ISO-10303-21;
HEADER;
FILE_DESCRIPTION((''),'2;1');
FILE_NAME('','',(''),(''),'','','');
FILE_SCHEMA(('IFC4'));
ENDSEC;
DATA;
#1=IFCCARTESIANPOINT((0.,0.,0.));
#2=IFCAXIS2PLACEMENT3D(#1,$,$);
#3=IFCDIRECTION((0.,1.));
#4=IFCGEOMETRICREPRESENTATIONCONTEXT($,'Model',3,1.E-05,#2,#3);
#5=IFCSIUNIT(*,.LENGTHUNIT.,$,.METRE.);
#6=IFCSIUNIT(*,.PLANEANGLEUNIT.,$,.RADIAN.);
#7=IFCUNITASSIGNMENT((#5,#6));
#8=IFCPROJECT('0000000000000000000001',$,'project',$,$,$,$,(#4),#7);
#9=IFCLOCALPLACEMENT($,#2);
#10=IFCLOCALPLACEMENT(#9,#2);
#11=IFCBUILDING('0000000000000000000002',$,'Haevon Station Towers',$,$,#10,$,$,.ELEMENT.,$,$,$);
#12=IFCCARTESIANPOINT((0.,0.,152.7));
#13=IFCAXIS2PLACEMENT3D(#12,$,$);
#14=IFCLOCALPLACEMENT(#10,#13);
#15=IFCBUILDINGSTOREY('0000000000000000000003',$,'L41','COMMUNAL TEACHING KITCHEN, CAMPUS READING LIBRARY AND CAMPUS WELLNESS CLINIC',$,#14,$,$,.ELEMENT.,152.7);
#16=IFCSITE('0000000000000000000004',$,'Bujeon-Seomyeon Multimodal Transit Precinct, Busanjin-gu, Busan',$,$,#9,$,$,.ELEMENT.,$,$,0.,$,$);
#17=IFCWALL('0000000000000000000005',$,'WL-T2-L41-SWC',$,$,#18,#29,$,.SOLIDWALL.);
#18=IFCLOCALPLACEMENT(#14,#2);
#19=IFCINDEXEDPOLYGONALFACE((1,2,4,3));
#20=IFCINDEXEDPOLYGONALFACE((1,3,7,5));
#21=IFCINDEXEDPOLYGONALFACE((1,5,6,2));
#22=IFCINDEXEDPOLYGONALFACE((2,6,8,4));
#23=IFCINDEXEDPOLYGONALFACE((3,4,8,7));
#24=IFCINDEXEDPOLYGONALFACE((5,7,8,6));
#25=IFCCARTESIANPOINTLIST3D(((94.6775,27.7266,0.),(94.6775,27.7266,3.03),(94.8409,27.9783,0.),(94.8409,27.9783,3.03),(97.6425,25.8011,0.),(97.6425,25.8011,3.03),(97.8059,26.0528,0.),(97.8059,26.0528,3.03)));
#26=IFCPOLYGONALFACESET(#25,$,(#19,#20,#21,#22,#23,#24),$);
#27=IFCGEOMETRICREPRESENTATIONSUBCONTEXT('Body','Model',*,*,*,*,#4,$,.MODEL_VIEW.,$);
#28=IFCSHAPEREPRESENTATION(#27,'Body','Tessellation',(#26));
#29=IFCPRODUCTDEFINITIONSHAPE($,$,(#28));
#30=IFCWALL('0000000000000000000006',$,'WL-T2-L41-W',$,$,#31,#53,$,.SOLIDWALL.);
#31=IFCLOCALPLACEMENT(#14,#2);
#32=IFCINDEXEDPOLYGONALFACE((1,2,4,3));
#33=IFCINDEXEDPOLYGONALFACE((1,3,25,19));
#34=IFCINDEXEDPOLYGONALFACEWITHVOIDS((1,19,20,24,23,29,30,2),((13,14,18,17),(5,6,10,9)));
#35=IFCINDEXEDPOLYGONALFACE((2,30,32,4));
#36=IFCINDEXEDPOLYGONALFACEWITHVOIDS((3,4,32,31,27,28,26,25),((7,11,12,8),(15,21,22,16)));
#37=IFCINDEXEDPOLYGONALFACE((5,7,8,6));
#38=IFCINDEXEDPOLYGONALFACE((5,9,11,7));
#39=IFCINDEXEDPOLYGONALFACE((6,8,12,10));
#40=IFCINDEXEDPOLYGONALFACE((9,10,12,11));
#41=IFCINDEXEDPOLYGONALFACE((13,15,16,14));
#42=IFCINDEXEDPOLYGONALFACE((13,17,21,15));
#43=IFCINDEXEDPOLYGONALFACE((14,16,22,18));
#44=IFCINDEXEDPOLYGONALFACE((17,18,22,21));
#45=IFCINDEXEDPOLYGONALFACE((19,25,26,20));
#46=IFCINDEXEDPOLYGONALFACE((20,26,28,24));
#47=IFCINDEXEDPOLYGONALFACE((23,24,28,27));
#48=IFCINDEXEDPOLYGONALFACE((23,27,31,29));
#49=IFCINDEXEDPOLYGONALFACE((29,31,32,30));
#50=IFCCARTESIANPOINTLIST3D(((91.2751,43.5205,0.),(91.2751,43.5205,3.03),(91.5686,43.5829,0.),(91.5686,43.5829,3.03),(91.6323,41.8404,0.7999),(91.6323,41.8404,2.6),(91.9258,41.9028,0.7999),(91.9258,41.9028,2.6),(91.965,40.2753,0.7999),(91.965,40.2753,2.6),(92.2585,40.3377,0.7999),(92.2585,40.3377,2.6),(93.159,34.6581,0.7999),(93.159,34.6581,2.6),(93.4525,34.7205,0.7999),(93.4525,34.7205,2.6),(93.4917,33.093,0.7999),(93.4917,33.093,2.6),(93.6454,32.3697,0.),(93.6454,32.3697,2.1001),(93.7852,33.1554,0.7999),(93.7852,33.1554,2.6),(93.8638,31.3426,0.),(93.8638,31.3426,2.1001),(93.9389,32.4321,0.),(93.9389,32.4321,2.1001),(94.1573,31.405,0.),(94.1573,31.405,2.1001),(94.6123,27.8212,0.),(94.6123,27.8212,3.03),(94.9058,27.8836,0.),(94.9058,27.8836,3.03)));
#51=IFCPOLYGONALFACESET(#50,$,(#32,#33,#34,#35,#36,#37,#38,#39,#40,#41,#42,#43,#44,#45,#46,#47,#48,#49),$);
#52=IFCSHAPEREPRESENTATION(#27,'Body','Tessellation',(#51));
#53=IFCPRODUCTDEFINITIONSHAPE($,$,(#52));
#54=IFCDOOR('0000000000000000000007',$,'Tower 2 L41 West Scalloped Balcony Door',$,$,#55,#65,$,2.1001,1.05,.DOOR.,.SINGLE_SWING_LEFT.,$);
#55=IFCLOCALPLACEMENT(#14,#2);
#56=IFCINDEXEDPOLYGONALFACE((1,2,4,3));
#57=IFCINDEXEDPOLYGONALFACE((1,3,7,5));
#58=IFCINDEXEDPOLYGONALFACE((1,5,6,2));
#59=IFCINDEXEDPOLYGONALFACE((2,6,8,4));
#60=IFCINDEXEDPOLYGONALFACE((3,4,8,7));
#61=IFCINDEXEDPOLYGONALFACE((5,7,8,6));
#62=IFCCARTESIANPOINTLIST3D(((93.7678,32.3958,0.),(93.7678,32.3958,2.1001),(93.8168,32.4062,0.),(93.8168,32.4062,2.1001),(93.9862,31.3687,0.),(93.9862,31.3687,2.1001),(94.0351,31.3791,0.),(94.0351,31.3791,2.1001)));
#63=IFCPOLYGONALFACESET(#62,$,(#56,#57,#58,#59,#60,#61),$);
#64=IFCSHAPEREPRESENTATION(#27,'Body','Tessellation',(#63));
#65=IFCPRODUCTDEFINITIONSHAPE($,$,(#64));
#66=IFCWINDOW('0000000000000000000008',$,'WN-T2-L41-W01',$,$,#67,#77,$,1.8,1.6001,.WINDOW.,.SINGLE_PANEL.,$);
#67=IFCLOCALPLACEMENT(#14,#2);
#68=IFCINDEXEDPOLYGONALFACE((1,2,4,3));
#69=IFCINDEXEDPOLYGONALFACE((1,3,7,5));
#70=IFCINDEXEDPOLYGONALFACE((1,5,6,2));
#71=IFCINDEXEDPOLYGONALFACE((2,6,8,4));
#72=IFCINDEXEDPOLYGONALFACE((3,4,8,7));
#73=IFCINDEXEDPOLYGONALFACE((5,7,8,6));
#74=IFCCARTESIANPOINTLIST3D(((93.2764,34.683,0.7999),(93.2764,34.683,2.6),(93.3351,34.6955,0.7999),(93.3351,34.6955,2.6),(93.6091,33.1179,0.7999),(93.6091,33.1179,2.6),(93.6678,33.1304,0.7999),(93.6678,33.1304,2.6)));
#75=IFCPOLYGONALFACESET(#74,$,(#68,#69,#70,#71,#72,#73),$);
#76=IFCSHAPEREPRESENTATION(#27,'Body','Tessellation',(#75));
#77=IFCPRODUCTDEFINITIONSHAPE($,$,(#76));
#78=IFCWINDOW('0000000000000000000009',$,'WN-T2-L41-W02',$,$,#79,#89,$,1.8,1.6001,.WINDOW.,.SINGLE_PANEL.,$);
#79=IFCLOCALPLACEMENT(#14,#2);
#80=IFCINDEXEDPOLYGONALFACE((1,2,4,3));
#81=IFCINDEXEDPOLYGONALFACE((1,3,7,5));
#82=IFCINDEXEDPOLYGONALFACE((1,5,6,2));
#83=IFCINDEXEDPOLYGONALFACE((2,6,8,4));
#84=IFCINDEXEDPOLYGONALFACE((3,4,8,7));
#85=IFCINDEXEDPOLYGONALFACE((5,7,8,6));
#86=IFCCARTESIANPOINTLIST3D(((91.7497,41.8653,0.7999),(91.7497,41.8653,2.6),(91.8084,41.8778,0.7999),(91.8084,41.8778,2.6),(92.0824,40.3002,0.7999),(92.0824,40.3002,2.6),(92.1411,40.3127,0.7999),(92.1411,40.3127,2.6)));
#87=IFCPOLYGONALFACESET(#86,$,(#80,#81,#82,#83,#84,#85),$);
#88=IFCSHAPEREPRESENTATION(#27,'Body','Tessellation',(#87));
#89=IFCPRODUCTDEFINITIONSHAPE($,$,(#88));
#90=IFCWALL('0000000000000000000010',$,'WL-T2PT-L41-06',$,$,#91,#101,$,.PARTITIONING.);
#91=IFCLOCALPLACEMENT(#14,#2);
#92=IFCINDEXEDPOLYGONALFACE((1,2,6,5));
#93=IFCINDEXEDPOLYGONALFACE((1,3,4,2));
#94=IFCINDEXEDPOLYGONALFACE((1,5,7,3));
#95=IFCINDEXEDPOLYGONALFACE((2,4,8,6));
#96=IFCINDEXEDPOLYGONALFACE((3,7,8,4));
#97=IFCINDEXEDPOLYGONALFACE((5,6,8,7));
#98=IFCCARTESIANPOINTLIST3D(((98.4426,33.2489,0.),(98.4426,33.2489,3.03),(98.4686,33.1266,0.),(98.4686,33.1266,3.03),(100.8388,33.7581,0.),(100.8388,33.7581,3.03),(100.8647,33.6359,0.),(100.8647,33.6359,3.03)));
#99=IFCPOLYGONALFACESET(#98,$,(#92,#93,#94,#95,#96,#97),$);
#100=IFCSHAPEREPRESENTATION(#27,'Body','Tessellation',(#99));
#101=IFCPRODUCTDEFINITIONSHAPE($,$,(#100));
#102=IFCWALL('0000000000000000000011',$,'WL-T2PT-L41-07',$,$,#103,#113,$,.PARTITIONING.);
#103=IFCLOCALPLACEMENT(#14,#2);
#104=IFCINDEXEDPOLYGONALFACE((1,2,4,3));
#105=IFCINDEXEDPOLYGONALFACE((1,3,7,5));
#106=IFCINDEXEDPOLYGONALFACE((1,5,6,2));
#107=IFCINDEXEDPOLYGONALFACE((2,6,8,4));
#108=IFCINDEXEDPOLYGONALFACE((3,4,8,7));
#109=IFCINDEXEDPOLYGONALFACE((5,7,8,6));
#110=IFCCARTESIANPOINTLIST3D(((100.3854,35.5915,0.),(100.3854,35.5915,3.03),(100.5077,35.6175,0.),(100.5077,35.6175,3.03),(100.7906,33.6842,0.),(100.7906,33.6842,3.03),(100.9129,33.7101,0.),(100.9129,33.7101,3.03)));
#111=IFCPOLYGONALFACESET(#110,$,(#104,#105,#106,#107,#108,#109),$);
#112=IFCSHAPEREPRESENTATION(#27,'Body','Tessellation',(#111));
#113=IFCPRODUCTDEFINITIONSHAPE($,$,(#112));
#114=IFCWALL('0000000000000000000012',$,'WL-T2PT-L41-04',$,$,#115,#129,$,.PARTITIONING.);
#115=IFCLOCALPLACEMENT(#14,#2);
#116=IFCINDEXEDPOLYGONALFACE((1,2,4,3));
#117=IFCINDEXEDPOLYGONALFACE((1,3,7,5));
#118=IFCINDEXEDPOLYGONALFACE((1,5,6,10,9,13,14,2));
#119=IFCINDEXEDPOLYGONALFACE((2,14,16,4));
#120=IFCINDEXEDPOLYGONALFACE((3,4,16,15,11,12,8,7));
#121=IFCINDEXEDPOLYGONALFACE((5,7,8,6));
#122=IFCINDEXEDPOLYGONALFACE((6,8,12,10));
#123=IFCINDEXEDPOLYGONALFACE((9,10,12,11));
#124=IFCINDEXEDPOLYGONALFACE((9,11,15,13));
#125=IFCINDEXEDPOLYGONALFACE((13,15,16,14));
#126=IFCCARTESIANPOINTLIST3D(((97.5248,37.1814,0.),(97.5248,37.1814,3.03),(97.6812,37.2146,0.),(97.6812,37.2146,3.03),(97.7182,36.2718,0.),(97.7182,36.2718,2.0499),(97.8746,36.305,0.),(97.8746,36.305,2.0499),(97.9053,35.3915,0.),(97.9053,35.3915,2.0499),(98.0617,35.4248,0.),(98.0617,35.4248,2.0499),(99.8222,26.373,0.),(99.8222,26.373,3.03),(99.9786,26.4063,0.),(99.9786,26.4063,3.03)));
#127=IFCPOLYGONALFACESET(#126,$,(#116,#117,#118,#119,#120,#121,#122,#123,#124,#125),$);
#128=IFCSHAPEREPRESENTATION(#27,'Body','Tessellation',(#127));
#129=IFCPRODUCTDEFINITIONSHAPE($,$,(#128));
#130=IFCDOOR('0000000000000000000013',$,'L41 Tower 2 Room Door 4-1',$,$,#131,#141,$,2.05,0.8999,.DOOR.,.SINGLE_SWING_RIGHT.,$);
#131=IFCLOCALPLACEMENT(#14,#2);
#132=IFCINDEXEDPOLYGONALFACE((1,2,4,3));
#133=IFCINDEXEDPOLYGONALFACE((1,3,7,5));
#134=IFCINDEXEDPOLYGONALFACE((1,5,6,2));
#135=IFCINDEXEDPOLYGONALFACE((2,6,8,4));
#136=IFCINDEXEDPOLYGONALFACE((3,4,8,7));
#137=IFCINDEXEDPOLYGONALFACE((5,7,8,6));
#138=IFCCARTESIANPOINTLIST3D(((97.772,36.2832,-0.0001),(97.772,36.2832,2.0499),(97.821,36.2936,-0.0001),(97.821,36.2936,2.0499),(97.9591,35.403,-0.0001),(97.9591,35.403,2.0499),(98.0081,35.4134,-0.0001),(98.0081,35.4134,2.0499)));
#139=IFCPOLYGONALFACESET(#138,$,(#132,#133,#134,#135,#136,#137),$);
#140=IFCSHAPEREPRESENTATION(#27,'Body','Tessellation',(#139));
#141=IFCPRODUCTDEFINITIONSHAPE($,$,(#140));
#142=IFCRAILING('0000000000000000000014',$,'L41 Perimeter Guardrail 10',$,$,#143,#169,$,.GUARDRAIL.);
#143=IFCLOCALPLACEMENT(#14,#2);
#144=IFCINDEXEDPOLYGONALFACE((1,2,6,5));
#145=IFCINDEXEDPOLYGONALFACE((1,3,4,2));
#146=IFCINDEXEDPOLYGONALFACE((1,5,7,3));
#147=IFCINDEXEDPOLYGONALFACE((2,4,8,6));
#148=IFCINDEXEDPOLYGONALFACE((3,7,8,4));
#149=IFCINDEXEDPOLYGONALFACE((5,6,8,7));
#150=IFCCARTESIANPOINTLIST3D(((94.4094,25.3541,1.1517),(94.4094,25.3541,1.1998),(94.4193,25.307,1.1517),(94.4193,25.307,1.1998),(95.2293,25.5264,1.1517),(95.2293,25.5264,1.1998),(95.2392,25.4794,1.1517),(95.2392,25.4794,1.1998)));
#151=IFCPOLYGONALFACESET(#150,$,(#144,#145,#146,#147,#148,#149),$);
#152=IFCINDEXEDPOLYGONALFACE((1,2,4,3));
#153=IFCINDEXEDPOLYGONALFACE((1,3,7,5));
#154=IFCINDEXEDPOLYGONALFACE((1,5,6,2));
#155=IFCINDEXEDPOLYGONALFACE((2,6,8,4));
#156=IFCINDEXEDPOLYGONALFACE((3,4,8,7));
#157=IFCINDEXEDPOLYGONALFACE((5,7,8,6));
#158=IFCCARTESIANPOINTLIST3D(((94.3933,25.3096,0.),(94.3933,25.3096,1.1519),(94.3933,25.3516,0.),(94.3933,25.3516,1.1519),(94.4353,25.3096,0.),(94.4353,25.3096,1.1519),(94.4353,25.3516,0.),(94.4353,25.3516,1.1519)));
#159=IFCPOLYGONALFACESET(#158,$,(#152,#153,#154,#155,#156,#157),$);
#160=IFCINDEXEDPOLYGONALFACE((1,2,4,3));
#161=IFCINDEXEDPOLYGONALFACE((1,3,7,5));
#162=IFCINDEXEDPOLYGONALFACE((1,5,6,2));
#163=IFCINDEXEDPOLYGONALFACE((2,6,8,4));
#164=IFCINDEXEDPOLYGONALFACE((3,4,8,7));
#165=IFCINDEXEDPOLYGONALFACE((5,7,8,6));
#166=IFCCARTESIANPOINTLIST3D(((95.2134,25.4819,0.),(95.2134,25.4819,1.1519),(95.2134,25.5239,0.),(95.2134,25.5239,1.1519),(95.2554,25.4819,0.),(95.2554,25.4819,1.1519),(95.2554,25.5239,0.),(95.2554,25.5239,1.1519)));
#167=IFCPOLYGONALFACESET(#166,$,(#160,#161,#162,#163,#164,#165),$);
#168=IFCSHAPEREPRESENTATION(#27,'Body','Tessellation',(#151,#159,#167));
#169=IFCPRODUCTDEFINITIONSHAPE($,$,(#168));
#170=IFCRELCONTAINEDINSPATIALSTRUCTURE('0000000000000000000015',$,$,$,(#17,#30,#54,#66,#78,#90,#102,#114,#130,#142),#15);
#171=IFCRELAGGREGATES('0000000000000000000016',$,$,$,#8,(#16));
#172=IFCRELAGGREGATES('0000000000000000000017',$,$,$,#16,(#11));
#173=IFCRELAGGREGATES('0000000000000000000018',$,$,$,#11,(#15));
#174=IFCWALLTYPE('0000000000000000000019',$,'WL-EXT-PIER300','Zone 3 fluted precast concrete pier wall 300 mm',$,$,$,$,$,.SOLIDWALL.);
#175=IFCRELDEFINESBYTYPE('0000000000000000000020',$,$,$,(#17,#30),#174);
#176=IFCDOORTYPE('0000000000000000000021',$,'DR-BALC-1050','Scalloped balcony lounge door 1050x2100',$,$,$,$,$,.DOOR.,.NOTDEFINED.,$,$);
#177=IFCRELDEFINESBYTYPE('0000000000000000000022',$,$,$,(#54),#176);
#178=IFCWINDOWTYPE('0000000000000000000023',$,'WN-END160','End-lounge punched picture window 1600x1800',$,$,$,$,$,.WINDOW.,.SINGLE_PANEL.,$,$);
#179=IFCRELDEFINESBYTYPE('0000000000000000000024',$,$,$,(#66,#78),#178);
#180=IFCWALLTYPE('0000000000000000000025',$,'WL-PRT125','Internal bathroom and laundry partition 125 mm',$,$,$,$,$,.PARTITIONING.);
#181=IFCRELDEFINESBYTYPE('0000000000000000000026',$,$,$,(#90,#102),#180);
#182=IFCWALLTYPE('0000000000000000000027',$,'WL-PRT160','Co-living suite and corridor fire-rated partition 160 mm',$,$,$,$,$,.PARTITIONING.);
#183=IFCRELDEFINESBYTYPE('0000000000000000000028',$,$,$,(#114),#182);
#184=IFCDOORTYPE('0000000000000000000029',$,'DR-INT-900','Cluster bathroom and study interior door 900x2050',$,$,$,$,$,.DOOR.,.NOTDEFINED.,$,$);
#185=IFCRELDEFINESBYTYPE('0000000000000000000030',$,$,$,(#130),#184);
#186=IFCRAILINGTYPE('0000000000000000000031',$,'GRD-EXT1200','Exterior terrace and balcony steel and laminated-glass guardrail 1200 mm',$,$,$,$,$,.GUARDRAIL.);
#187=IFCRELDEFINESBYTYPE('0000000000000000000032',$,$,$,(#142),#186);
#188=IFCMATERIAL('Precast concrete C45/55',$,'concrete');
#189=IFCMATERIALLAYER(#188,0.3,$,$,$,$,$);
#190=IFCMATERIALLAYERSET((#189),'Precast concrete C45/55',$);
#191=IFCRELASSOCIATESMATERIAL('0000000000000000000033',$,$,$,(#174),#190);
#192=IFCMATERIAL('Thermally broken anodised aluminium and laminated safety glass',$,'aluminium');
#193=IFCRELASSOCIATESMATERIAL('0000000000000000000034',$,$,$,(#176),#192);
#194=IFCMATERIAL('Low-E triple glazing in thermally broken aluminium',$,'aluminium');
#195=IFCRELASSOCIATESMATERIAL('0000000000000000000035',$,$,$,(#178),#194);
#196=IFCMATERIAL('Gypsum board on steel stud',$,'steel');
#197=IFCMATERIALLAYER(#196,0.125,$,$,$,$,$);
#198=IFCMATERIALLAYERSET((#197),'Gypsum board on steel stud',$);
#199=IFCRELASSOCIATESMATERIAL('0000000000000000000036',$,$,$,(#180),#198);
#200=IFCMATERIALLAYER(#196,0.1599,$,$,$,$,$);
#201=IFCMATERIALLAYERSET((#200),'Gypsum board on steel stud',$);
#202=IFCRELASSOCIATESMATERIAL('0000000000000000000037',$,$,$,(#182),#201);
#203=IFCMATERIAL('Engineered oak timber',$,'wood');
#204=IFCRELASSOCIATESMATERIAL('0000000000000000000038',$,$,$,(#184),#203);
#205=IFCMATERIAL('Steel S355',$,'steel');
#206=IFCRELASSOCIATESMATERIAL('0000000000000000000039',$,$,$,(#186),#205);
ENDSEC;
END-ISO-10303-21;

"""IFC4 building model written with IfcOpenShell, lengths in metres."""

from ifc_helpers import new_model, si_unit, direction, frame, frame_2d, origin, origin_2d, place, context, subcontext, project, spatial, rectangle, extrude, material, layer, layer_set, type_object, element, fill, save


model = new_model("IFC4")

# Units and contexts
model_context = context("Model", 3, precision=1e-05, world=origin(), true_north=direction((0.0, 1.0)))
body_context = subcontext(model_context, "Body", "Model", "MODEL_VIEW")
ifc_project = project(units=[si_unit("LENGTHUNIT", "METRE"), si_unit("PLANEANGLEUNIT", "RADIAN")], contexts=[model_context])

# Site, building, storey
site_placement = place(None, origin())
site = spatial("IfcSite", under=ifc_project, at=site_placement, Name="Bujeon-Seomyeon Multimodal Transit Precinct, Busanjin-gu, Busan", CompositionType="ELEMENT", RefElevation=0.0)
building_placement = place(site_placement, origin())
building = spatial("IfcBuilding", under=site, at=building_placement, Name="Haevon Station Towers", CompositionType="ELEMENT")
storey_placement = place(building_placement, frame((0.0, 0.0, 152.7)))
storey = spatial("IfcBuildingStorey", under=building, at=storey_placement, Name="L41", Description="COMMUNAL TEACHING KITCHEN, CAMPUS READING LIBRARY AND CAMPUS WELLNESS CLINIC", CompositionType="ELEMENT", Elevation=152.7)

# Shared definitions
ifc_material_1 = material(Name="Steel S355", Category="steel")

# Wall
ifc_material_2 = material(Name="Precast concrete C45/55", Category="concrete")
ifc_layer_1 = layer(ifc_material_2, 0.3)
ifc_layer_set_1 = layer_set([ifc_layer_1], Name="Precast concrete C45/55")
wall_type_1 = type_object("IfcWallType", Name="WL-EXT-PIER300", Description="Zone 3 fluted precast concrete pier wall 300 mm", PredefinedType="SOLIDWALL", material=ifc_layer_set_1)
wall_1_placement = place(storey_placement, frame((97.7241, 25.927, 0.0), z_axis=(0.0, 0.0, 1.0), x_axis=(-0.838672, 0.544636, 0.0)))
element("IfcWall", 1, at=wall_1_placement, inside=storey, type_object=wall_type_1, Name="WL-T2-L41-SWC", PredefinedType="SOLIDWALL", context=body_context, shape_type="SweptSolid", body=[
    extrude(rectangle(XDim=3.5354, YDim=0.3, at=frame_2d((1.7676, 0.0))), origin(), (0.0, 0.0, 1.0), 3.03),
])

# Wall, openings, door, windows
wall_2_placement = place(storey_placement, frame((94.759, 27.8525, 0.0), z_axis=(0.0, 0.0, 1.0), x_axis=(-0.207923, 0.978145, 0.0)))
wall_2 = element("IfcWall", 2, at=wall_2_placement, inside=storey, type_object=wall_type_1, Name="WL-T2-L41-W", PredefinedType="SOLIDWALL", context=body_context, shape_type="SweptSolid", body=[
    extrude(rectangle(XDim=16.05, YDim=0.3, at=frame_2d((8.0249, 0.0))), origin(), (0.0, 0.0, 1.0), 3.03),
])
opening_1_placement = place(wall_2_placement, frame((3.6001, 0.0, 0.0)))
opening_1 = element("IfcOpeningElement", 3, at=opening_1_placement, cuts=wall_2, PredefinedType="OPENING", context=body_context, shape_type="SweptSolid", body=[
    extrude(rectangle(XDim=1.05, YDim=2.1001, at=frame_2d((0.5249, 1.05))), frame((0.0, 0.1599, 0.0), z_axis=(0.0, -1.0, 0.0), x_axis=(1.0, 0.0, 0.0)), (0.0, 0.0, 1.0), 0.3201),
])
opening_2_placement = place(wall_2_placement, frame((5.3894, 0.0, 0.8)))
opening_2 = element("IfcOpeningElement", 4, at=opening_2_placement, cuts=wall_2, PredefinedType="OPENING", context=body_context, shape_type="SweptSolid", body=[
    extrude(rectangle(XDim=1.6001, YDim=1.8, at=frame_2d((0.8, 0.8999))), frame((0.0, 0.1599, 0.0), z_axis=(0.0, -1.0, 0.0), x_axis=(1.0, 0.0, 0.0)), (0.0, 0.0, 1.0), 0.3201),
])
opening_3_placement = place(wall_2_placement, frame((12.7322, 0.0, 0.8)))
opening_3 = element("IfcOpeningElement", 5, at=opening_3_placement, cuts=wall_2, PredefinedType="OPENING", context=body_context, shape_type="SweptSolid", body=[
    extrude(rectangle(XDim=1.6001, YDim=1.8, at=frame_2d((0.8, 0.8999))), frame((0.0, 0.1599, 0.0), z_axis=(0.0, -1.0, 0.0), x_axis=(1.0, 0.0, 0.0)), (0.0, 0.0, 1.0), 0.3201),
])
ifc_material_3 = material(Name="Thermally broken anodised aluminium and laminated safety glass", Category="aluminium")
door_type_1 = type_object("IfcDoorType", Name="DR-BALC-1050", Description="Scalloped balcony lounge door 1050x2100", OperationType="NOTDEFINED", PredefinedType="DOOR", material=ifc_material_3)
door_1_placement = place(opening_1_placement, origin())
door_1 = element("IfcDoor", 6, at=door_1_placement, inside=storey, type_object=door_type_1, Name="Tower 2 L41 West Scalloped Balcony Door", OperationType="SINGLE_SWING_LEFT", OverallHeight=2.1001, OverallWidth=1.05, PredefinedType="DOOR", context=body_context, shape_type="SweptSolid", body=[
    extrude(rectangle(XDim=1.05, YDim=2.1001, at=frame_2d((0.5249, 1.05))), frame((0.0, 0.0249, 0.0), z_axis=(0.0, -1.0, 0.0), x_axis=(1.0, 0.0, 0.0)), (0.0, 0.0, 1.0), 0.05),
])
fill(opening_1, door_1)
ifc_material_4 = material(Name="Low-E triple glazing in thermally broken aluminium", Category="aluminium")
window_type = type_object("IfcWindowType", Name="WN-END160", Description="End-lounge punched picture window 1600x1800", PartitioningType="SINGLE_PANEL", PredefinedType="WINDOW", material=ifc_material_4)
window_1_placement = place(opening_2_placement, origin())
window_1 = element("IfcWindow", 7, at=window_1_placement, inside=storey, type_object=window_type, Name="WN-T2-L41-W01", OverallHeight=1.8, OverallWidth=1.6001, PartitioningType="SINGLE_PANEL", PredefinedType="WINDOW", context=body_context, shape_type="SweptSolid", body=[
    extrude(rectangle(XDim=1.6001, YDim=1.8, at=frame_2d((0.8, 0.8999))), frame((0.0, 0.03, 0.0), z_axis=(0.0, -1.0, 0.0), x_axis=(1.0, 0.0, 0.0)), (0.0, 0.0, 1.0), 0.0601),
])
fill(opening_2, window_1)
window_2_placement = place(opening_3_placement, origin())
window_2 = element("IfcWindow", 8, at=window_2_placement, inside=storey, type_object=window_type, Name="WN-T2-L41-W02", OverallHeight=1.8, OverallWidth=1.6001, PartitioningType="SINGLE_PANEL", PredefinedType="WINDOW", context=body_context, shape_type="SweptSolid", body=[
    extrude(rectangle(XDim=1.6001, YDim=1.8, at=frame_2d((0.8, 0.8999))), frame((0.0, 0.03, 0.0), z_axis=(0.0, -1.0, 0.0), x_axis=(1.0, 0.0, 0.0)), (0.0, 0.0, 1.0), 0.0601),
])
fill(opening_3, window_2)

# Walls
ifc_material_5 = material(Name="Gypsum board on steel stud", Category="steel")
ifc_layer_2 = layer(ifc_material_5, 0.125)
ifc_layer_set_2 = layer_set([ifc_layer_2], Name="Gypsum board on steel stud")
wall_type_2 = type_object("IfcWallType", Name="WL-PRT125", Description="Internal bathroom and laundry partition 125 mm", PredefinedType="PARTITIONING", material=ifc_layer_set_2)
wall_3_placement = place(storey_placement, frame((98.4556, 33.1877, 0.0), z_axis=(0.0, 0.0, 1.0), x_axis=(0.978153, 0.207889, 0.0)))
element("IfcWall", 9, at=wall_3_placement, inside=storey, type_object=wall_type_2, Name="WL-T2PT-L41-06", PredefinedType="PARTITIONING", context=body_context, shape_type="SweptSolid", body=[
    extrude(rectangle(XDim=2.4497, YDim=0.125, at=frame_2d((1.2249, 0.0))), origin(), (0.0, 0.0, 1.0), 3.03),
])
wall_4_placement = place(storey_placement, frame((100.8518, 33.697, 0.0), z_axis=(0.0, 0.0, 1.0), x_axis=(-0.207827, 0.978166, 0.0)))
element("IfcWall", 10, at=wall_4_placement, inside=storey, type_object=wall_type_2, Name="WL-T2PT-L41-07", PredefinedType="PARTITIONING", context=body_context, shape_type="SweptSolid", body=[
    extrude(rectangle(XDim=1.95, YDim=0.125, at=frame_2d((0.9751, 0.0))), origin(), (0.0, 0.0, 1.0), 3.03),
])

# Wall, opening, door
ifc_layer_3 = layer(ifc_material_5, 0.1599)
ifc_layer_set_3 = layer_set([ifc_layer_3], Name="Gypsum board on steel stud")
wall_type_3 = type_object("IfcWallType", Name="WL-PRT160", Description="Co-living suite and corridor fire-rated partition 160 mm", PredefinedType="PARTITIONING", material=ifc_layer_set_3)
wall_5_placement = place(storey_placement, frame((99.9004, 26.3896, 0.0), z_axis=(0.0, 0.0, 1.0), x_axis=(-0.20791, 0.978148, 0.0)))
wall_5 = element("IfcWall", 11, at=wall_5_placement, inside=storey, type_object=wall_type_3, Name="WL-T2PT-L41-04", PredefinedType="PARTITIONING", context=body_context, shape_type="SweptSolid", body=[
    extrude(rectangle(XDim=11.0498, YDim=0.1599, at=frame_2d((5.5249, 0.0))), origin(), (0.0, 0.0, 1.0), 3.03),
])
opening_4_placement = place(wall_5_placement, frame((9.22, 0.0, 0.0)))
opening_4 = element("IfcOpeningElement", 12, at=opening_4_placement, cuts=wall_5, PredefinedType="OPENING", context=body_context, shape_type="SweptSolid", body=[
    extrude(rectangle(XDim=0.8999, YDim=2.05, at=frame_2d((0.45, 1.0249))), frame((0.0, 0.0898, 0.0), z_axis=(0.0, -1.0, 0.0), x_axis=(1.0, 0.0, 0.0)), (0.0, 0.0, 1.0), 0.1799),
])
ifc_material_6 = material(Name="Engineered oak timber", Category="wood")
door_type_2 = type_object("IfcDoorType", Name="DR-INT-900", Description="Cluster bathroom and study interior door 900x2050", OperationType="NOTDEFINED", PredefinedType="DOOR", material=ifc_material_6)
door_2_placement = place(opening_4_placement, origin())
door_2 = element("IfcDoor", 13, at=door_2_placement, inside=storey, type_object=door_type_2, Name="L41 Tower 2 Room Door 4-1", OperationType="SINGLE_SWING_RIGHT", OverallHeight=2.05, OverallWidth=0.8999, PredefinedType="DOOR", context=body_context, shape_type="SweptSolid", body=[
    extrude(rectangle(XDim=0.8999, YDim=2.05, at=frame_2d((0.45, 1.0249))), frame((0.0, 0.0249, 0.0), z_axis=(0.0, -1.0, 0.0), x_axis=(1.0, 0.0, 0.0)), (0.0, 0.0, 1.0), 0.05),
])
fill(opening_4, door_2)

# Railing
railing_type = type_object("IfcRailingType", Name="GRD-EXT1200", Description="Exterior terrace and balcony steel and laminated-glass guardrail 1200 mm", PredefinedType="GUARDRAIL", material=ifc_material_1)
railing_placement = place(storey_placement, frame((94.4143, 25.3306, 0.0)))
element("IfcRailing", 14, at=railing_placement, inside=storey, type_object=railing_type, Name="L41 Perimeter Guardrail 10", PredefinedType="GUARDRAIL", context=body_context, shape_type="SweptSolid", body=[
    extrude(rectangle(XDim=0.0481, YDim=0.0481, at=origin_2d()), frame((0.0, 0.0, 1.1758), z_axis=(0.978618, 0.205687, 0.0), x_axis=(-0.205687, 0.978618, 0.0)), (0.0, 0.0, 1.0), 0.8379),
    extrude(rectangle(XDim=0.042, YDim=0.042, at=origin_2d()), origin(), (0.0, 0.0, 1.0), 1.1519),
    extrude(rectangle(XDim=0.042, YDim=0.042, at=origin_2d()), frame((0.8201, 0.1724, 0.0)), (0.0, 0.0, 1.0), 1.1519),
])

save(model, "model.ifc")
